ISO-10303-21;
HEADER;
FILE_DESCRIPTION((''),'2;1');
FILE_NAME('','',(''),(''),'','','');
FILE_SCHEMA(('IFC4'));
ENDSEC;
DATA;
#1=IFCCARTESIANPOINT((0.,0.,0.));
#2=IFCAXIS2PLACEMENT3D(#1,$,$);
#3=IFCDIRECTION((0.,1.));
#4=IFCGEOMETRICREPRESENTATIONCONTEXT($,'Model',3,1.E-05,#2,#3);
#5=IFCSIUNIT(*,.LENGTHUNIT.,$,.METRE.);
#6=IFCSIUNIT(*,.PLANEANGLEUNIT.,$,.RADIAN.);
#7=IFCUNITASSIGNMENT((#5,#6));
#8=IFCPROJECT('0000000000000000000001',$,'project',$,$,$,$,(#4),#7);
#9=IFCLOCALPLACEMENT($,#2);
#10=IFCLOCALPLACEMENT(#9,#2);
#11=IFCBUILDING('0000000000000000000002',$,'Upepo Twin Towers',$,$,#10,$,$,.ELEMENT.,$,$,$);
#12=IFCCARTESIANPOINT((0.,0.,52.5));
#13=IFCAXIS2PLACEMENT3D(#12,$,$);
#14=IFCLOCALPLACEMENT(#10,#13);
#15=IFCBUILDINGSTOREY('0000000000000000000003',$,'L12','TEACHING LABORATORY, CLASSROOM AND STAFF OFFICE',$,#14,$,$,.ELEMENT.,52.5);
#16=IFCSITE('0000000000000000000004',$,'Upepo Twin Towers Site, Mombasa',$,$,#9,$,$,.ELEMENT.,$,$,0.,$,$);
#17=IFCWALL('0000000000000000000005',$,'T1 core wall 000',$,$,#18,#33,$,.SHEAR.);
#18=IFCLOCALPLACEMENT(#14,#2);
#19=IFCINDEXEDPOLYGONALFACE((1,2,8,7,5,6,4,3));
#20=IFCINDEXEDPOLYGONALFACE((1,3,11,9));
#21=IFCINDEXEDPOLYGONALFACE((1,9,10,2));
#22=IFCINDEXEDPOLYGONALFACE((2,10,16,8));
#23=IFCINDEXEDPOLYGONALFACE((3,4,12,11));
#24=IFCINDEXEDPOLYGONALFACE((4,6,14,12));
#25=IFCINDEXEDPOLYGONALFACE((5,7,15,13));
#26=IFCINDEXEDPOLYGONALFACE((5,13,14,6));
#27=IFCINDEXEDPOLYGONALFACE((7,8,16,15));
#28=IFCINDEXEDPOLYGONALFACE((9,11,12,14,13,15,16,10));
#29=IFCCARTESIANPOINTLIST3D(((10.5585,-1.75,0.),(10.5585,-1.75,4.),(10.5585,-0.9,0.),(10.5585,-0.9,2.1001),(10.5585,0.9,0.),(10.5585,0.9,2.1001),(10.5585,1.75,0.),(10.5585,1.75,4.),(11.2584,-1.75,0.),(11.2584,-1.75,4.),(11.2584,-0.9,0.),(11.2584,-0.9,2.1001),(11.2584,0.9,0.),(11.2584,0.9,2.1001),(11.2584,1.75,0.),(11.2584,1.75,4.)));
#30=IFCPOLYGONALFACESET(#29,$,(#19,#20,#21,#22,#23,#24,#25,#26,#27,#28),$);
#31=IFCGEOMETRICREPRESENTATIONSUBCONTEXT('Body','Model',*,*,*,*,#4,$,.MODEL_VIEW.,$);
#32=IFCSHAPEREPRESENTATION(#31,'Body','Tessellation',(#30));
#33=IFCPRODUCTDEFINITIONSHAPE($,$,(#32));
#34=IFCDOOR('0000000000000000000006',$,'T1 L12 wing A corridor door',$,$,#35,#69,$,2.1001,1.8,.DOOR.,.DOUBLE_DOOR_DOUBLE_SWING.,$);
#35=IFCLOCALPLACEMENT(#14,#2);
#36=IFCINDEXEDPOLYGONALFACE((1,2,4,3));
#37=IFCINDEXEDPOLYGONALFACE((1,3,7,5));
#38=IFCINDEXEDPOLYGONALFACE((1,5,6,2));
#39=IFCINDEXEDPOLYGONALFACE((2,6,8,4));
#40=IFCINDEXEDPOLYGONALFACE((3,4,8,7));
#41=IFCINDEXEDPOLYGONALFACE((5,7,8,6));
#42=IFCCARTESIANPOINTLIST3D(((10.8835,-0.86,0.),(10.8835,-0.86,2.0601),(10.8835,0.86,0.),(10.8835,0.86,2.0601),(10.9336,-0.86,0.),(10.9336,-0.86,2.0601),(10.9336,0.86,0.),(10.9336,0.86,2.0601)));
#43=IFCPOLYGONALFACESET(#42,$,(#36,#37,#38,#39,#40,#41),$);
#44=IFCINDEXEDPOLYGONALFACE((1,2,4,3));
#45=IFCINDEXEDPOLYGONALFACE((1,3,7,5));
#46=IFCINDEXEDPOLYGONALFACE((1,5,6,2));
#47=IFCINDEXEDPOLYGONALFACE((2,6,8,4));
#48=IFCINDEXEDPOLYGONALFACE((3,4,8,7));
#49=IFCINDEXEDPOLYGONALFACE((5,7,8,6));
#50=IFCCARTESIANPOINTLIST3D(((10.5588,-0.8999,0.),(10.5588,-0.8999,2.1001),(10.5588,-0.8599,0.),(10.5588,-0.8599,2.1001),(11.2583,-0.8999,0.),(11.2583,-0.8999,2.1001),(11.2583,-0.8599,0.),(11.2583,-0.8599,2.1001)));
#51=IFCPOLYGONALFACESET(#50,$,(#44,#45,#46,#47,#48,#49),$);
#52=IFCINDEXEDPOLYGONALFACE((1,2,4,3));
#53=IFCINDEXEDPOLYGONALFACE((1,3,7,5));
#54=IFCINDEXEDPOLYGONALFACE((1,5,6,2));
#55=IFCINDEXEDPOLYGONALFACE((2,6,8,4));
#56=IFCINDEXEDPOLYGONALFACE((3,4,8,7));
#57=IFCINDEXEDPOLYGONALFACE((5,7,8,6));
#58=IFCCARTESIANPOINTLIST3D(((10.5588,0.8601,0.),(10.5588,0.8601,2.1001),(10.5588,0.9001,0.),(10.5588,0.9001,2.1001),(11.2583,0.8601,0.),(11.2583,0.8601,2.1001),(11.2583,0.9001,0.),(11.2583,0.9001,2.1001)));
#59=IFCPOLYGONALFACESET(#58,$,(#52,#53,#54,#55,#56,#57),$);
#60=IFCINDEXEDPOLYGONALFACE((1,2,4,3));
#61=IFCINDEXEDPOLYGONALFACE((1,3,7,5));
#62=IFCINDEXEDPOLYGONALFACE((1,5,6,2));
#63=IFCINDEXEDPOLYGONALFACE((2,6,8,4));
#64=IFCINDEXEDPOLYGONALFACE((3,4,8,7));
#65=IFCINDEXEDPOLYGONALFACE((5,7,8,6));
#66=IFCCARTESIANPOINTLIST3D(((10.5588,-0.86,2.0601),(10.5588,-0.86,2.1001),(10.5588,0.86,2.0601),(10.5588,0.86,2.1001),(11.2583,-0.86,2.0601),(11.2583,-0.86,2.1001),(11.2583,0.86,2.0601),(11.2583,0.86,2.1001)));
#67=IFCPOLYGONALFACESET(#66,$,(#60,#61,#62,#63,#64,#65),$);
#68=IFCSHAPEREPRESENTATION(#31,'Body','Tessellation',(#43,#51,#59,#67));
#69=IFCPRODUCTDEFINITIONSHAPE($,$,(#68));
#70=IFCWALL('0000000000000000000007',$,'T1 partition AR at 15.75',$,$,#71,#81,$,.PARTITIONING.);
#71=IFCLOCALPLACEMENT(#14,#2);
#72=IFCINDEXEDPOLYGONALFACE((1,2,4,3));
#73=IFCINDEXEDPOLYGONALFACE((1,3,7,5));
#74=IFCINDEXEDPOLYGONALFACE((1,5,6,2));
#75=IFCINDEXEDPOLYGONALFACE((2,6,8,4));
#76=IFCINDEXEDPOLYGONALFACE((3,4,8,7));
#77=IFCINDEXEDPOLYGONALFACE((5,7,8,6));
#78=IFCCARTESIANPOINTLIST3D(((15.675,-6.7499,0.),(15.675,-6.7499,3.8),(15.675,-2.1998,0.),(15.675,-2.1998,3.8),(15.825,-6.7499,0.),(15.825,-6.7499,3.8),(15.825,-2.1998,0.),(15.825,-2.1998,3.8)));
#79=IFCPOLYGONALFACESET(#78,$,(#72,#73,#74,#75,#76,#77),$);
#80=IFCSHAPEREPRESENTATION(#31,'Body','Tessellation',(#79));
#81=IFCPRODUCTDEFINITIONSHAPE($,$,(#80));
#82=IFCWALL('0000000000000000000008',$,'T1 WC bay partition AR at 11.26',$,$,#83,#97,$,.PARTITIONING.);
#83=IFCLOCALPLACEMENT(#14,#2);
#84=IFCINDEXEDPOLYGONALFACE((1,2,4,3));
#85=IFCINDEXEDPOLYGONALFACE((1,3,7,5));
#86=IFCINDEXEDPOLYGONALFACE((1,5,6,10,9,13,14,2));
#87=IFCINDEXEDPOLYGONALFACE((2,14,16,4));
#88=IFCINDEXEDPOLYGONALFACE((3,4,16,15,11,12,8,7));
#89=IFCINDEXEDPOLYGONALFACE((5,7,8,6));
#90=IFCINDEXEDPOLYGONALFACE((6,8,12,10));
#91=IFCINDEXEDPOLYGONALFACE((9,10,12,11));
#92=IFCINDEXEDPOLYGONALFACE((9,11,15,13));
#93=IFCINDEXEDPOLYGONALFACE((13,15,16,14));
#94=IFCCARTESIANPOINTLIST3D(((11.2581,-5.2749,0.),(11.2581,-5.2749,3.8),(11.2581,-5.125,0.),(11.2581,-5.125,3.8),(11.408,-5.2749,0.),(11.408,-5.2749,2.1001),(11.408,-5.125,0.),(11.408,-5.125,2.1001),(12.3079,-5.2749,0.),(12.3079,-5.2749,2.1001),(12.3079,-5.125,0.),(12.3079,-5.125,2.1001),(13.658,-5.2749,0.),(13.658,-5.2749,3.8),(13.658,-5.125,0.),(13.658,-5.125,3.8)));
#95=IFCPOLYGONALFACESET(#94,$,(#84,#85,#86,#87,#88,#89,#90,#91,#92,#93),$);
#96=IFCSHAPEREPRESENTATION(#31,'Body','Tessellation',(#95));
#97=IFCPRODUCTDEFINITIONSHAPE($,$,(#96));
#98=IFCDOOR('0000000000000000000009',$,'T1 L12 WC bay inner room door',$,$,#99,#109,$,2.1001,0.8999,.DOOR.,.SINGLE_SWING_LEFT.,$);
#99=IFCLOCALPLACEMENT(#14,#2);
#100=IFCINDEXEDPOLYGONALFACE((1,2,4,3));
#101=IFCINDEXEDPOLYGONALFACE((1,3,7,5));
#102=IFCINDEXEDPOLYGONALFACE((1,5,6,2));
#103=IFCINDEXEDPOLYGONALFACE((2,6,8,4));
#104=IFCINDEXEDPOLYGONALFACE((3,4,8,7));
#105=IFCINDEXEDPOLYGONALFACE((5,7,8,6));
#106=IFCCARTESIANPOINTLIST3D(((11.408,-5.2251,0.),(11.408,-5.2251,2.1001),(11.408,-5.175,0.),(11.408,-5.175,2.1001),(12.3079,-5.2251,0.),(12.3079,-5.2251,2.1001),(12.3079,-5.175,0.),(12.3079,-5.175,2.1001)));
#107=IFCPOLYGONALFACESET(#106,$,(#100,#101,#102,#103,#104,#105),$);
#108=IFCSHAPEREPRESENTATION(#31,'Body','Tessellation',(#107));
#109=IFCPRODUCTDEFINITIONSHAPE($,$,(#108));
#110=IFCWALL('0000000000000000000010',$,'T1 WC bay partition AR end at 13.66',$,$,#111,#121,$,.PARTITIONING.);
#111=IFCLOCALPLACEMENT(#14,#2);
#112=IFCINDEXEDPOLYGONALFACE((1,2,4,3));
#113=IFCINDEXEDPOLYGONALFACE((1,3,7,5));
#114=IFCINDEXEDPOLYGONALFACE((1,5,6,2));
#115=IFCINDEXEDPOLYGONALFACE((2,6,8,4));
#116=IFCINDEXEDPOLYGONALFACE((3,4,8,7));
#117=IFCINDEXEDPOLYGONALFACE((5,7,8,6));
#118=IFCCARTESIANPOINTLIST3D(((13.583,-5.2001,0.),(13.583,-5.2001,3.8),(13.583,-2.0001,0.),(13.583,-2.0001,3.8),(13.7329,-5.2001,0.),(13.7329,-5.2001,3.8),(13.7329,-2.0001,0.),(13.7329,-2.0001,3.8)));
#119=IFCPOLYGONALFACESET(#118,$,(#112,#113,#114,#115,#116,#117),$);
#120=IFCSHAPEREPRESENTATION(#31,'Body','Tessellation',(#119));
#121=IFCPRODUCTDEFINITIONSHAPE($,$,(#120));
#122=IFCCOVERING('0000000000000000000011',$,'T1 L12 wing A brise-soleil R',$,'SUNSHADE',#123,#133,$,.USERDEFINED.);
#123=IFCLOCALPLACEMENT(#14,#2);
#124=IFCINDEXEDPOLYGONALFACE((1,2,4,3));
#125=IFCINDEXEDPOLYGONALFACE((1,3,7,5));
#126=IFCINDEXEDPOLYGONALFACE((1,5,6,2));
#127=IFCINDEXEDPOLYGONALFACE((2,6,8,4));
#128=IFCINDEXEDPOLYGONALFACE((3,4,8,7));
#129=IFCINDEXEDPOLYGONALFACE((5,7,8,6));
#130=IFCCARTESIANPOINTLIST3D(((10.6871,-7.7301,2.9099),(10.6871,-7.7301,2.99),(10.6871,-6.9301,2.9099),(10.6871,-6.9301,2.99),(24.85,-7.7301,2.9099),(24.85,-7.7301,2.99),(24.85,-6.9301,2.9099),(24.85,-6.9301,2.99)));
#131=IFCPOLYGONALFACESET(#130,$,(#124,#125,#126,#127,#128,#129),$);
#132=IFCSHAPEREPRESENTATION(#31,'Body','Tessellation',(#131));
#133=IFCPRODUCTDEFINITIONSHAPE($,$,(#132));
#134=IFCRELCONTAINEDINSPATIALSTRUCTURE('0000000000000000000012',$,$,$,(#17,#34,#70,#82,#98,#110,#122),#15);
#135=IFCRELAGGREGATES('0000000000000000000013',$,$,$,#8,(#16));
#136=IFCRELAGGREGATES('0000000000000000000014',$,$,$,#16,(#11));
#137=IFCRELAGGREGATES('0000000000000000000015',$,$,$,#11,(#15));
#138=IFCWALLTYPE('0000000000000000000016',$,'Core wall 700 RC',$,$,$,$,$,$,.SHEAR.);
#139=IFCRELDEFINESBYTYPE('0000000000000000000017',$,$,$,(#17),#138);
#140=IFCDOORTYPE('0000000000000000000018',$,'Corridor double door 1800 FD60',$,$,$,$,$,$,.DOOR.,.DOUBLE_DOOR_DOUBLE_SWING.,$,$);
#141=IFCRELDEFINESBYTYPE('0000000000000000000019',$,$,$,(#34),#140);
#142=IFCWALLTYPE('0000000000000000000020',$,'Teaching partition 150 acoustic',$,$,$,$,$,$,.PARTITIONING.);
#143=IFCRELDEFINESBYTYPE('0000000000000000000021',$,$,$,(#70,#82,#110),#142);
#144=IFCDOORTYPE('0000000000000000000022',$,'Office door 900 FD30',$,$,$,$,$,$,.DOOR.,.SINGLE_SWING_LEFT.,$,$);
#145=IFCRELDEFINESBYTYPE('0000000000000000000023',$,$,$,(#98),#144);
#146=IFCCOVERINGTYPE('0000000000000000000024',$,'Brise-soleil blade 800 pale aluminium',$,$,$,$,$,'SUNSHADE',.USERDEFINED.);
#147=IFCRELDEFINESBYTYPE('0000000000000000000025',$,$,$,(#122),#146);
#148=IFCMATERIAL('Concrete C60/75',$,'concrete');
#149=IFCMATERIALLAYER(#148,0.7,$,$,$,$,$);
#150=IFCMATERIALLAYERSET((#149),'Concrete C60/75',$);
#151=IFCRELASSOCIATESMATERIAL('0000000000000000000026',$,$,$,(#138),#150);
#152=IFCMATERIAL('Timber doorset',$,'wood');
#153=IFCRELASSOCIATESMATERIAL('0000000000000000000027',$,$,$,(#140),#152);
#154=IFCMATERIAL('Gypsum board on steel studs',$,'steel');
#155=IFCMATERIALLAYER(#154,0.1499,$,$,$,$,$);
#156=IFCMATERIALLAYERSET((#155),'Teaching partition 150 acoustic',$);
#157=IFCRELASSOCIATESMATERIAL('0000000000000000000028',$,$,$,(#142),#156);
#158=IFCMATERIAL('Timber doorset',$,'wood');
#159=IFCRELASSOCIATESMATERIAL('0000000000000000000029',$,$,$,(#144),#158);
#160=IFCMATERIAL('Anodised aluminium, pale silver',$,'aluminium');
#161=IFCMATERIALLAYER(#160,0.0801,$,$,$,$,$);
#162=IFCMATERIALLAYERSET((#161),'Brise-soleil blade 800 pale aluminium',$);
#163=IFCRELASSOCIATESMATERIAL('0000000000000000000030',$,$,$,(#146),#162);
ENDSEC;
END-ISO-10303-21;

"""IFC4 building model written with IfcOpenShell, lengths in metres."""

from ifc_helpers import new_model, si_unit, direction, frame, frame_2d, origin, origin_2d, place, context, subcontext, project, spatial, rectangle, extrude, material, layer, layer_set, type_object, element, fill, save


model = new_model("IFC4")

# Units and contexts
model_context = context("Model", 3, precision=1e-05, world=origin(), true_north=direction((0.0, 1.0)))
body_context = subcontext(model_context, "Body", "Model", "MODEL_VIEW")
ifc_project = project(units=[si_unit("LENGTHUNIT", "METRE"), si_unit("PLANEANGLEUNIT", "RADIAN")], contexts=[model_context])

# Site, building, storey
site_placement = place(None, origin())
site = spatial("IfcSite", under=ifc_project, at=site_placement, Name="Upepo Twin Towers Site, Mombasa", CompositionType="ELEMENT", RefElevation=0.0)
building_placement = place(site_placement, origin())
building = spatial("IfcBuilding", under=site, at=building_placement, Name="Upepo Twin Towers", CompositionType="ELEMENT")
storey_placement = place(building_placement, frame((0.0, 0.0, 52.5)))
storey = spatial("IfcBuildingStorey", under=building, at=storey_placement, Name="L12", Description="TEACHING LABORATORY, CLASSROOM AND STAFF OFFICE", CompositionType="ELEMENT", Elevation=52.5)

# Wall, opening, door
ifc_material_1 = material(Name="Concrete C60/75", Category="concrete")
ifc_layer_1 = layer(ifc_material_1, 0.7)
ifc_layer_set_1 = layer_set([ifc_layer_1], Name="Concrete C60/75")
wall_type_1 = type_object("IfcWallType", Name="Core wall 700 RC", PredefinedType="SHEAR", material=ifc_layer_set_1)
wall_1_placement = place(storey_placement, frame((10.9084, -1.75, 0.0), z_axis=(0.0, 0.0, 1.0), x_axis=(0.0, 1.0, 0.0)))
wall_1 = element("IfcWall", 1, at=wall_1_placement, inside=storey, type_object=wall_type_1, Name="T1 core wall 000", PredefinedType="SHEAR", context=body_context, shape_type="SweptSolid", body=[
    extrude(rectangle(XDim=3.5, YDim=0.7, at=frame_2d((1.75, 0.0))), origin(), (0.0, 0.0, 1.0), 4.0),
])
opening_1_placement = place(wall_1_placement, frame((0.8501, 0.0, 0.0)))
opening_1 = element("IfcOpeningElement", 2, at=opening_1_placement, cuts=wall_1, PredefinedType="OPENING", context=body_context, shape_type="SweptSolid", body=[
    extrude(rectangle(XDim=1.8, YDim=2.1001, at=frame_2d((0.8999, 1.05))), frame((0.0, 0.3599, 0.0), z_axis=(0.0, -1.0, 0.0), x_axis=(1.0, 0.0, 0.0)), (0.0, 0.0, 1.0), 0.72),
])
ifc_material_2 = material(Name="Timber doorset", Category="wood")
door_type_1 = type_object("IfcDoorType", Name="Corridor double door 1800 FD60", OperationType="DOUBLE_DOOR_DOUBLE_SWING", PredefinedType="DOOR", material=ifc_material_2)
door_1_placement = place(opening_1_placement, origin())
door_1 = element("IfcDoor", 3, at=door_1_placement, inside=storey, type_object=door_type_1, Name="T1 L12 wing A corridor door", OperationType="DOUBLE_DOOR_DOUBLE_SWING", OverallHeight=2.1001, OverallWidth=1.8, PredefinedType="DOOR", context=body_context, shape_type="SweptSolid", body=[
    extrude(rectangle(XDim=1.72, YDim=2.0601, at=frame_2d((0.8999, 1.03))), frame((0.0, 0.0249, 0.0), z_axis=(0.0, -1.0, 0.0), x_axis=(1.0, 0.0, 0.0)), (0.0, 0.0, 1.0), 0.05),
    extrude(rectangle(XDim=0.04, YDim=2.1001, at=frame_2d((0.02, 1.05))), frame((0.0, 0.3496, 0.0), z_axis=(0.0, -1.0, 0.0), x_axis=(1.0, 0.0, 0.0)), (0.0, 0.0, 1.0), 0.6995),
    extrude(rectangle(XDim=0.04, YDim=2.1001, at=frame_2d((1.78, 1.05))), frame((0.0, 0.3496, 0.0), z_axis=(0.0, -1.0, 0.0), x_axis=(1.0, 0.0, 0.0)), (0.0, 0.0, 1.0), 0.6995),
    extrude(rectangle(XDim=1.72, YDim=0.04, at=frame_2d((0.8999, 2.0801))), frame((0.0, 0.3496, 0.0), z_axis=(0.0, -1.0, 0.0), x_axis=(1.0, 0.0, 0.0)), (0.0, 0.0, 1.0), 0.6995),
])
fill(opening_1, door_1)

# Wall
ifc_material_3 = material(Name="Gypsum board on steel studs", Category="steel")
ifc_layer_2 = layer(ifc_material_3, 0.1499)
ifc_layer_set_2 = layer_set([ifc_layer_2], Name="Teaching partition 150 acoustic")
wall_type_2 = type_object("IfcWallType", Name="Teaching partition 150 acoustic", PredefinedType="PARTITIONING", material=ifc_layer_set_2)
wall_2_placement = place(storey_placement, frame((15.75, -2.2, 0.0), z_axis=(0.0, 0.0, 1.0), x_axis=(0.0, -1.0, 0.0)))
element("IfcWall", 4, at=wall_2_placement, inside=storey, type_object=wall_type_2, Name="T1 partition AR at 15.75", PredefinedType="PARTITIONING", context=body_context, shape_type="SweptSolid", body=[
    extrude(rectangle(XDim=4.55, YDim=0.1499, at=frame_2d((2.2749, 0.0))), origin(), (0.0, 0.0, 1.0), 3.8),
])

# Wall, opening, door
wall_3_placement = place(storey_placement, frame((11.2581, -5.2, 0.0), z_axis=(0.0, 0.0, 1.0), x_axis=(1.0, 0.0, 0.0)))
wall_3 = element("IfcWall", 5, at=wall_3_placement, inside=storey, type_object=wall_type_2, Name="T1 WC bay partition AR at 11.26", PredefinedType="PARTITIONING", context=body_context, shape_type="SweptSolid", body=[
    extrude(rectangle(XDim=2.3999, YDim=0.1499, at=frame_2d((1.2, 0.0))), origin(), (0.0, 0.0, 1.0), 3.8),
])
opening_2_placement = place(wall_3_placement, frame((0.1499, 0.0, 0.0)))
opening_2 = element("IfcOpeningElement", 6, at=opening_2_placement, cuts=wall_3, PredefinedType="OPENING", context=body_context, shape_type="SweptSolid", body=[
    extrude(rectangle(XDim=0.8999, YDim=2.1001, at=frame_2d((0.45, 1.05))), frame((0.0, 0.085, 0.0), z_axis=(0.0, -1.0, 0.0), x_axis=(1.0, 0.0, 0.0)), (0.0, 0.0, 1.0), 0.1699),
])
ifc_material_4 = material(Name="Timber doorset", Category="wood")
door_type_2 = type_object("IfcDoorType", Name="Office door 900 FD30", OperationType="SINGLE_SWING_LEFT", PredefinedType="DOOR", material=ifc_material_4)
door_2_placement = place(opening_2_placement, origin())
door_2 = element("IfcDoor", 7, at=door_2_placement, inside=storey, type_object=door_type_2, Name="T1 L12 WC bay inner room door", OperationType="SINGLE_SWING_LEFT", OverallHeight=2.1001, OverallWidth=0.8999, PredefinedType="DOOR", context=body_context, shape_type="SweptSolid", body=[
    extrude(rectangle(XDim=0.8999, YDim=2.1001, at=frame_2d((0.45, 1.05))), frame((0.0, 0.0249, 0.0), z_axis=(0.0, -1.0, 0.0), x_axis=(1.0, 0.0, 0.0)), (0.0, 0.0, 1.0), 0.05),
])
fill(opening_2, door_2)

# Wall
wall_4_placement = place(storey_placement, frame((13.658, -2.0, 0.0), z_axis=(0.0, 0.0, 1.0), x_axis=(0.0, -1.0, 0.0)))
element("IfcWall", 8, at=wall_4_placement, inside=storey, type_object=wall_type_2, Name="T1 WC bay partition AR end at 13.66", PredefinedType="PARTITIONING", context=body_context, shape_type="SweptSolid", body=[
    extrude(rectangle(XDim=3.2, YDim=0.1499, at=frame_2d((1.6001, 0.0))), origin(), (0.0, 0.0, 1.0), 3.8),
])

# Covering
ifc_material_5 = material(Name="Anodised aluminium, pale silver", Category="aluminium")
ifc_layer_3 = layer(ifc_material_5, 0.0801)
ifc_layer_set_3 = layer_set([ifc_layer_3], Name="Brise-soleil blade 800 pale aluminium")
covering_type = type_object("IfcCoveringType", Name="Brise-soleil blade 800 pale aluminium", ElementType="SUNSHADE", PredefinedType="USERDEFINED", material=ifc_layer_set_3)
covering_placement = place(storey_placement, frame((17.7686, -7.3301, 2.9099), z_axis=(0.0, 0.0, 1.0), x_axis=(1.0, 0.0, 0.0)))
element("IfcCovering", 9, at=covering_placement, inside=storey, type_object=covering_type, Name="T1 L12 wing A brise-soleil R", ObjectType="SUNSHADE", PredefinedType="USERDEFINED", context=body_context, shape_type="SweptSolid", body=[
    extrude(rectangle(XDim=14.1628, YDim=0.8, at=origin_2d()), origin(), (0.0, 0.0, 1.0), 0.0801),
])

save(model, "model.ifc")
